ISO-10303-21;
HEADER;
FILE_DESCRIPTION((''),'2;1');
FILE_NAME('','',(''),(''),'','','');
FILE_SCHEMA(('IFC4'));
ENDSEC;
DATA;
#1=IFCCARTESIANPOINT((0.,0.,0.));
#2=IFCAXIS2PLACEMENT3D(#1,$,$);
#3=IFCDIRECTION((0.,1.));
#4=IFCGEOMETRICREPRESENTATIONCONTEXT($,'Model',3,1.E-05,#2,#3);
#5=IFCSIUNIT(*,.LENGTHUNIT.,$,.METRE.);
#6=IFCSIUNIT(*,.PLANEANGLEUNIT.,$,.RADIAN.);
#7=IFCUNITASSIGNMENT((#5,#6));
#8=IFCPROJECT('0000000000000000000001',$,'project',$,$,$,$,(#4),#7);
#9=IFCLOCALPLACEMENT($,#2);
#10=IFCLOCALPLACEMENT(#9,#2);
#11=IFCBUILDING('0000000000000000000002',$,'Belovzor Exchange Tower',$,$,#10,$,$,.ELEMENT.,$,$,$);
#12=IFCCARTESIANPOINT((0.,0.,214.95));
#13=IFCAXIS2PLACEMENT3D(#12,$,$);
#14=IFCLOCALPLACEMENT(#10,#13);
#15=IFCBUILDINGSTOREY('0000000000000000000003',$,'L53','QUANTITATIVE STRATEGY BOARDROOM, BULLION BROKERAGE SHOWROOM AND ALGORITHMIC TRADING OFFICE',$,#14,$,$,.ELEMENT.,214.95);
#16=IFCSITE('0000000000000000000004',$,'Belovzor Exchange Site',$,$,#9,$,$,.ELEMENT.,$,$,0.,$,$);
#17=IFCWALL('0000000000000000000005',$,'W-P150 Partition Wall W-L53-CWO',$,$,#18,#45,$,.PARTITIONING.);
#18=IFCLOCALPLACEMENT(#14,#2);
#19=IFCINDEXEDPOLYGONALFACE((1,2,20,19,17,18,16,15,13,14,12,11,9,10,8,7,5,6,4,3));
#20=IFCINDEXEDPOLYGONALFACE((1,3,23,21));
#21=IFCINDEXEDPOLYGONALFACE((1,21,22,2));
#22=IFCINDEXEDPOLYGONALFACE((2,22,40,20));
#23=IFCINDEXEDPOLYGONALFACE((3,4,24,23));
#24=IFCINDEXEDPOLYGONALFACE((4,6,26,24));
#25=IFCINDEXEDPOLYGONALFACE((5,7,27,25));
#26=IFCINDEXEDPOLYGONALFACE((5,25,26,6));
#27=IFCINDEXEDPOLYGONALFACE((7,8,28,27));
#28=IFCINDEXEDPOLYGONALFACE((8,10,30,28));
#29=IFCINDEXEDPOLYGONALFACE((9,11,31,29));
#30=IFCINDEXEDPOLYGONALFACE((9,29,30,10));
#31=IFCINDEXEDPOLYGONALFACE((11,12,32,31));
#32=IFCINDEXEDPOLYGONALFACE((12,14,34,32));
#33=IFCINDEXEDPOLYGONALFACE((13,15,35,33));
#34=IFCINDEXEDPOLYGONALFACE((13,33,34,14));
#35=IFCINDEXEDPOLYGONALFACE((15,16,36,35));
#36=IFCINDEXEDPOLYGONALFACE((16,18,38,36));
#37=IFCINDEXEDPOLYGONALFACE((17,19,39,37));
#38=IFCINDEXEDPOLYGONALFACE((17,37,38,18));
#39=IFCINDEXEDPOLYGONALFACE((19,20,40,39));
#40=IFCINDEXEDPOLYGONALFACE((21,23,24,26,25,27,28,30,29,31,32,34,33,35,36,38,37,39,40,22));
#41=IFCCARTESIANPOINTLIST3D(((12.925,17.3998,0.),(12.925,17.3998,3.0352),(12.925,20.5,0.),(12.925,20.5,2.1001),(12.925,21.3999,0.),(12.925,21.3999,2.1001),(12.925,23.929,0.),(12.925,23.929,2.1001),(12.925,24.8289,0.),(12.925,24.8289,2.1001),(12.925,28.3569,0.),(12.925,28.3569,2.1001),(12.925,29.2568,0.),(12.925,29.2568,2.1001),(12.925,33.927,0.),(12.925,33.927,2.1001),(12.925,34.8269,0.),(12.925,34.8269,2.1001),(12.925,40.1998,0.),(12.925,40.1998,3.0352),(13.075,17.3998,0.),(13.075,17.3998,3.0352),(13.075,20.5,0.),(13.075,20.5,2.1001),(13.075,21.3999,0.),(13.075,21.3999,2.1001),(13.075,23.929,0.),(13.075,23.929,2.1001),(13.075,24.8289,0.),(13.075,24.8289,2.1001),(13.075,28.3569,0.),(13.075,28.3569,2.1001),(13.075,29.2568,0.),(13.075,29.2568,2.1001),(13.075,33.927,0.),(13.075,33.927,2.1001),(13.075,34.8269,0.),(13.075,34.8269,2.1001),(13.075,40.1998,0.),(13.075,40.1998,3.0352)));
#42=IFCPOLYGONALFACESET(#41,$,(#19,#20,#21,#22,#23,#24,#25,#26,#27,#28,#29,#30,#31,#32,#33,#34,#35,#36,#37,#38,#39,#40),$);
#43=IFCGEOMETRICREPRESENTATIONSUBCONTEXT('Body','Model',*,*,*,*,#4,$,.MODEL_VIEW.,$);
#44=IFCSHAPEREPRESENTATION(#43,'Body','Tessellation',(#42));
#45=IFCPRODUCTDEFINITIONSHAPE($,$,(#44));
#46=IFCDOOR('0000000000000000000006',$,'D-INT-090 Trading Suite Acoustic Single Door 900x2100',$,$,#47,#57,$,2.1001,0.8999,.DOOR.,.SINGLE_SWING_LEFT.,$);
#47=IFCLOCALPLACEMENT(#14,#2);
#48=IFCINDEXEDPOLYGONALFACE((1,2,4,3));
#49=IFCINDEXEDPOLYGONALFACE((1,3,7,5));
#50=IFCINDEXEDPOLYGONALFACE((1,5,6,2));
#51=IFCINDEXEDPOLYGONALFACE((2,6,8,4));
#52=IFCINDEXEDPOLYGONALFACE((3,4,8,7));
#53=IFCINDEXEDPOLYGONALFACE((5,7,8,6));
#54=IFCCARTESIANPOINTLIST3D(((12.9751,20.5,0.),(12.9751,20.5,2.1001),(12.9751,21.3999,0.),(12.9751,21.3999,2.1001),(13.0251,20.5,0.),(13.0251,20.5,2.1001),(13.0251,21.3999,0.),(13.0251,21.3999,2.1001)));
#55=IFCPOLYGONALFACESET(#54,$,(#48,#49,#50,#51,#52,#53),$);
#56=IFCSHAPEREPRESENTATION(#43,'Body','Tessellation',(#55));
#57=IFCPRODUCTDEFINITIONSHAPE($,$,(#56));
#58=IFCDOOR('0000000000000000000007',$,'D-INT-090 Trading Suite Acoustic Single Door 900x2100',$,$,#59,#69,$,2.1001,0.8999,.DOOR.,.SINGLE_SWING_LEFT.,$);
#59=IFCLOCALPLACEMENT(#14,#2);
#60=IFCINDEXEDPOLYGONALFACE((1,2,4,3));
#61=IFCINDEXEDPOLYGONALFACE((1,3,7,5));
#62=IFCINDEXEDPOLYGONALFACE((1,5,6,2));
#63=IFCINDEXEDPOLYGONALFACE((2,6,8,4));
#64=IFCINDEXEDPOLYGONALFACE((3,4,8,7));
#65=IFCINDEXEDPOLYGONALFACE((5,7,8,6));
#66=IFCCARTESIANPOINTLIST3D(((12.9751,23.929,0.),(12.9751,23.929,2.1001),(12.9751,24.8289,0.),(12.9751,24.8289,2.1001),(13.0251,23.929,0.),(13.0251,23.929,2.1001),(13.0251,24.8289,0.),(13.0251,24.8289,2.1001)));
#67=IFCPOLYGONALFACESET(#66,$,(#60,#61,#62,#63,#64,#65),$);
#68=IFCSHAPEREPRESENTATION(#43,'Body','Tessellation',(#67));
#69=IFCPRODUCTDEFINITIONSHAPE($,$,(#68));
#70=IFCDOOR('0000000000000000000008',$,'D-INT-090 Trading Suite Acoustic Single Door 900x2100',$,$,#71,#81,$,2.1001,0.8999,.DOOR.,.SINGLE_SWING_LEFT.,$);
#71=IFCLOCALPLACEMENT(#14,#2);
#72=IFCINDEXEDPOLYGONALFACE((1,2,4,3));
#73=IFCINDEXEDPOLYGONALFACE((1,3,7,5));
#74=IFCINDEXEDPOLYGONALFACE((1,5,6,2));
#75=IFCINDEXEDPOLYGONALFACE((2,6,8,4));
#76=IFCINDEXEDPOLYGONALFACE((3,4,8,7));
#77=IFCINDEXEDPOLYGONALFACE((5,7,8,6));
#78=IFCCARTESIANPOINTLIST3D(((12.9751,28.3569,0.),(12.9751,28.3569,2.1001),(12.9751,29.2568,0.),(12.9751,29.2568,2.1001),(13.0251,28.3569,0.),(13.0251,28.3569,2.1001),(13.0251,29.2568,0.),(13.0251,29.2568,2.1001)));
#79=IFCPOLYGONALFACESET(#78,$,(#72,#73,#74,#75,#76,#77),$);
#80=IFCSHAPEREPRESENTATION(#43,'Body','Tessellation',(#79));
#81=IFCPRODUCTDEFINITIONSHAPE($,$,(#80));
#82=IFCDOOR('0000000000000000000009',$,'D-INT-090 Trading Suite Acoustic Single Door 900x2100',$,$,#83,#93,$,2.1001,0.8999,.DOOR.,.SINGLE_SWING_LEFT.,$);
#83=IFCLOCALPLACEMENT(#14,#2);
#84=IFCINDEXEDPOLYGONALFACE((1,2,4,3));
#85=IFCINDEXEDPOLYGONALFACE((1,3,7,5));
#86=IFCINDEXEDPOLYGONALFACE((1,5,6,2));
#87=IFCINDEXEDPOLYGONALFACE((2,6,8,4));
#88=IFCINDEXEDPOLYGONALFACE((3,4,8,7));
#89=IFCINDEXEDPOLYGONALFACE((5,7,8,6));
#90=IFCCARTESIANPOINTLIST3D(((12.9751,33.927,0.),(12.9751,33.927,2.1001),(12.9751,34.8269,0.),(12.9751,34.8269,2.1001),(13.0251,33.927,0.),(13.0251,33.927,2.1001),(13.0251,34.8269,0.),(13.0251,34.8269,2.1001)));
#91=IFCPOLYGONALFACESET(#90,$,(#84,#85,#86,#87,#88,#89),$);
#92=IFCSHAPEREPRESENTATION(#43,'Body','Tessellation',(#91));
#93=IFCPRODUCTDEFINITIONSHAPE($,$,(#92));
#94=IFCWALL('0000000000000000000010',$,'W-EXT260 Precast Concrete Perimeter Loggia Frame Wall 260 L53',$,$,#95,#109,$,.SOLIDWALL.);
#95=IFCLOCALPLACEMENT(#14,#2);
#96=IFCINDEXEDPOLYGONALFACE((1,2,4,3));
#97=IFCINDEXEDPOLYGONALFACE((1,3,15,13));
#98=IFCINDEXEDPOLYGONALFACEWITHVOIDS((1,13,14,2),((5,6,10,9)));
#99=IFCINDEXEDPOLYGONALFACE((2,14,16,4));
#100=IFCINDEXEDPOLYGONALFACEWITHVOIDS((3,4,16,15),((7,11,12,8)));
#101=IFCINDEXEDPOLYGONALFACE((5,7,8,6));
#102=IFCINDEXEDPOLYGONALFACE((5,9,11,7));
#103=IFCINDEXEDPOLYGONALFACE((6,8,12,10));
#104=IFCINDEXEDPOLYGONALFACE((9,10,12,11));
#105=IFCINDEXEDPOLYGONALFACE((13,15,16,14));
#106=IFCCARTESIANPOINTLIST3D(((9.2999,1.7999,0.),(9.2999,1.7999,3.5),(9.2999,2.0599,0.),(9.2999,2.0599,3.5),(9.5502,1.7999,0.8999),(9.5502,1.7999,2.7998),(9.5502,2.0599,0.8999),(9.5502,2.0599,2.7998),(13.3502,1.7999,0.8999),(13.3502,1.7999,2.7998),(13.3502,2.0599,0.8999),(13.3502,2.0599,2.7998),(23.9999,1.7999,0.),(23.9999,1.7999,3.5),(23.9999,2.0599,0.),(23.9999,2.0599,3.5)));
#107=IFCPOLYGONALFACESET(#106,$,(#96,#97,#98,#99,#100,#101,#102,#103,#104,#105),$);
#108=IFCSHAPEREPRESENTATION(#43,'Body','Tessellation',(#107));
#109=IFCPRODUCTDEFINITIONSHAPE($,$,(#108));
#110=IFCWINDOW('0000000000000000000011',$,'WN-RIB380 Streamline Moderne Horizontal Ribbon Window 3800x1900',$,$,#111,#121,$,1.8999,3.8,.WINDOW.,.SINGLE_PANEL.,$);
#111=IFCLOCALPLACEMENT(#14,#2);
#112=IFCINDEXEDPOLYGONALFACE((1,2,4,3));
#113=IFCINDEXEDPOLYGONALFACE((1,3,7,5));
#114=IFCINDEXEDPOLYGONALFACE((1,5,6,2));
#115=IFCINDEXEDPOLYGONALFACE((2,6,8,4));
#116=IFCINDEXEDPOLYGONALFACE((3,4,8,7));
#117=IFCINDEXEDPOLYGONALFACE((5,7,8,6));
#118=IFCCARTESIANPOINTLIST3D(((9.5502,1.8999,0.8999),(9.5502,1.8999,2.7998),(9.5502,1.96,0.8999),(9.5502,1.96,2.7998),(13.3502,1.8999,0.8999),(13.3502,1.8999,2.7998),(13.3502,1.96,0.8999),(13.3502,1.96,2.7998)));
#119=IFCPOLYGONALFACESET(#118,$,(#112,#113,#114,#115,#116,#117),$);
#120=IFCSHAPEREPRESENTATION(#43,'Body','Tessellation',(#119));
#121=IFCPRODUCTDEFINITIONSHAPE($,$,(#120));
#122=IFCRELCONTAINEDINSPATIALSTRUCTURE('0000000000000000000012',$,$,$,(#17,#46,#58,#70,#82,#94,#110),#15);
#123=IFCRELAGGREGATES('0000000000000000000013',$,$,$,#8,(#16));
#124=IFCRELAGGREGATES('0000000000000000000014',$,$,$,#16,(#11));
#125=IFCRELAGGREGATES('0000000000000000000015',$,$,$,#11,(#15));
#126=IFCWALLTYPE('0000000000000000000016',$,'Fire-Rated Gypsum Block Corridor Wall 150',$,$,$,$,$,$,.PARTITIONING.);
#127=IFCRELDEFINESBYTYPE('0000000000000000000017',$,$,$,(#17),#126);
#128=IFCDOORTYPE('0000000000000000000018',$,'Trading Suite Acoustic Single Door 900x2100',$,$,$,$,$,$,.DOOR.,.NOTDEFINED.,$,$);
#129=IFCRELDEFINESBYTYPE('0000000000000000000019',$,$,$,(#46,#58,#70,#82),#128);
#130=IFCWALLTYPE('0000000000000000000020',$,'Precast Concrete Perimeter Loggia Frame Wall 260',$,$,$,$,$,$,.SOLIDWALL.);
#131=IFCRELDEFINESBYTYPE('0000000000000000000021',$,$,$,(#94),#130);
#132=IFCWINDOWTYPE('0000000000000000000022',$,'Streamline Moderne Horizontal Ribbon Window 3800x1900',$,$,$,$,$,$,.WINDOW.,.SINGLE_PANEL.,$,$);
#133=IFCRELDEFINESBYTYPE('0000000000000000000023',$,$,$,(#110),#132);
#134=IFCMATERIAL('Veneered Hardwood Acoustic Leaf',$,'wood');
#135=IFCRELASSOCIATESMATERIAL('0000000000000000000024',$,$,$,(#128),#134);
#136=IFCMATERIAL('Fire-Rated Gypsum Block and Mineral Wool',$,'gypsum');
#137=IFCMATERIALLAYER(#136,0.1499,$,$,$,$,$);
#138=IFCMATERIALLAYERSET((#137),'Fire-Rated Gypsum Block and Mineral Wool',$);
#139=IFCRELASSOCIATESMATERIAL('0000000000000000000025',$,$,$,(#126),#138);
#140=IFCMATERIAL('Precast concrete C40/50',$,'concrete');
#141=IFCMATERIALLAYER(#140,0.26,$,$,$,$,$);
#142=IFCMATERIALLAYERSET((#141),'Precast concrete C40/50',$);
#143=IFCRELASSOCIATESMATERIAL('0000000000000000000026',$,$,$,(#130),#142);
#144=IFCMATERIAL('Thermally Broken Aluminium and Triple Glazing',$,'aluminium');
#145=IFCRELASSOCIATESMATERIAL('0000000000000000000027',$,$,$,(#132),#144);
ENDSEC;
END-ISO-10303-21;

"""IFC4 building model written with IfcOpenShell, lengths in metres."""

from ifc_helpers import new_model, si_unit, direction, frame, frame_2d, origin, place, context, subcontext, project, spatial, rectangle, extrude, material, layer, layer_set, type_object, element, fill, save


model = new_model("IFC4")

# Units and contexts
model_context = context("Model", 3, precision=1e-05, world=origin(), true_north=direction((0.0, 1.0)))
body_context = subcontext(model_context, "Body", "Model", "MODEL_VIEW")
ifc_project = project(units=[si_unit("LENGTHUNIT", "METRE"), si_unit("PLANEANGLEUNIT", "RADIAN")], contexts=[model_context])

# Site, building, storey
site_placement = place(None, origin())
site = spatial("IfcSite", under=ifc_project, at=site_placement, Name="Belovzor Exchange Site", CompositionType="ELEMENT", RefElevation=0.0)
building_placement = place(site_placement, origin())
building = spatial("IfcBuilding", under=site, at=building_placement, Name="Belovzor Exchange Tower", CompositionType="ELEMENT")
storey_placement = place(building_placement, frame((0.0, 0.0, 214.95)))
storey = spatial("IfcBuildingStorey", under=building, at=storey_placement, Name="L53", Description="QUANTITATIVE STRATEGY BOARDROOM, BULLION BROKERAGE SHOWROOM AND ALGORITHMIC TRADING OFFICE", CompositionType="ELEMENT", Elevation=214.95)

# Shared definitions
ifc_material_1 = material(Name="Veneered Hardwood Acoustic Leaf", Category="wood")
door_type = type_object("IfcDoorType", Name="Trading Suite Acoustic Single Door 900x2100", OperationType="NOTDEFINED", PredefinedType="DOOR", material=ifc_material_1)

# Shared definitions
ifc_material_2 = material(Name="Fire-Rated Gypsum Block and Mineral Wool", Category="gypsum")
ifc_layer_1 = layer(ifc_material_2, 0.1499)
ifc_layer_set_1 = layer_set([ifc_layer_1], Name="Fire-Rated Gypsum Block and Mineral Wool")
wall_type_1 = type_object("IfcWallType", Name="Fire-Rated Gypsum Block Corridor Wall 150", PredefinedType="PARTITIONING", material=ifc_layer_set_1)

# Wall, openings, doors
wall_1_placement = place(storey_placement, frame((13.0, 17.3999, 0.0), z_axis=(0.0, 0.0, 1.0), x_axis=(0.0, 1.0, 0.0)))
wall_1 = element("IfcWall", 1, at=wall_1_placement, inside=storey, type_object=wall_type_1, Name="W-P150 Partition Wall W-L53-CWO", PredefinedType="PARTITIONING", context=body_context, shape_type="SweptSolid", body=[
    extrude(rectangle(XDim=22.8, YDim=0.1499, at=frame_2d((11.3999, 0.0))), origin(), (0.0, 0.0, 1.0), 3.0352),
])
opening_1_placement = place(wall_1_placement, frame((3.1001, 0.0, 0.0)))
opening_1 = element("IfcOpeningElement", 2, at=opening_1_placement, cuts=wall_1, PredefinedType="OPENING", context=body_context, shape_type="SweptSolid", body=[
    extrude(rectangle(XDim=0.8999, YDim=2.1001, at=frame_2d((0.45, 1.05))), frame((0.0, 0.085, 0.0), z_axis=(0.0, -1.0, 0.0), x_axis=(1.0, 0.0, 0.0)), (0.0, 0.0, 1.0), 0.1699),
])
opening_2_placement = place(wall_1_placement, frame((6.5291, 0.0, 0.0)))
opening_2 = element("IfcOpeningElement", 3, at=opening_2_placement, cuts=wall_1, PredefinedType="OPENING", context=body_context, shape_type="SweptSolid", body=[
    extrude(rectangle(XDim=0.8999, YDim=2.1001, at=frame_2d((0.45, 1.05))), frame((0.0, 0.085, 0.0), z_axis=(0.0, -1.0, 0.0), x_axis=(1.0, 0.0, 0.0)), (0.0, 0.0, 1.0), 0.1699),
])
opening_3_placement = place(wall_1_placement, frame((10.957, 0.0, 0.0)))
opening_3 = element("IfcOpeningElement", 4, at=opening_3_placement, cuts=wall_1, PredefinedType="OPENING", context=body_context, shape_type="SweptSolid", body=[
    extrude(rectangle(XDim=0.8999, YDim=2.1001, at=frame_2d((0.45, 1.05))), frame((0.0, 0.085, 0.0), z_axis=(0.0, -1.0, 0.0), x_axis=(1.0, 0.0, 0.0)), (0.0, 0.0, 1.0), 0.1699),
])
opening_4_placement = place(wall_1_placement, frame((16.5271, 0.0, 0.0)))
opening_4 = element("IfcOpeningElement", 5, at=opening_4_placement, cuts=wall_1, PredefinedType="OPENING", context=body_context, shape_type="SweptSolid", body=[
    extrude(rectangle(XDim=0.8999, YDim=2.1001, at=frame_2d((0.45, 1.05))), frame((0.0, 0.085, 0.0), z_axis=(0.0, -1.0, 0.0), x_axis=(1.0, 0.0, 0.0)), (0.0, 0.0, 1.0), 0.1699),
])
door_1_placement = place(opening_1_placement, origin())
door_1 = element("IfcDoor", 6, at=door_1_placement, inside=storey, type_object=door_type, Name="D-INT-090 Trading Suite Acoustic Single Door 900x2100", OperationType="SINGLE_SWING_LEFT", OverallHeight=2.1001, OverallWidth=0.8999, PredefinedType="DOOR", context=body_context, shape_type="SweptSolid", body=[
    extrude(rectangle(XDim=0.8999, YDim=2.1001, at=frame_2d((0.45, 1.05))), frame((0.0, 0.0249, 0.0), z_axis=(0.0, -1.0, 0.0), x_axis=(1.0, 0.0, 0.0)), (0.0, 0.0, 1.0), 0.05),
])
fill(opening_1, door_1)
door_2_placement = place(opening_2_placement, origin())
door_2 = element("IfcDoor", 7, at=door_2_placement, inside=storey, type_object=door_type, Name="D-INT-090 Trading Suite Acoustic Single Door 900x2100", OperationType="SINGLE_SWING_LEFT", OverallHeight=2.1001, OverallWidth=0.8999, PredefinedType="DOOR", context=body_context, shape_type="SweptSolid", body=[
    extrude(rectangle(XDim=0.8999, YDim=2.1001, at=frame_2d((0.45, 1.05))), frame((0.0, 0.0249, 0.0), z_axis=(0.0, -1.0, 0.0), x_axis=(1.0, 0.0, 0.0)), (0.0, 0.0, 1.0), 0.05),
])
fill(opening_2, door_2)
door_3_placement = place(opening_3_placement, origin())
door_3 = element("IfcDoor", 8, at=door_3_placement, inside=storey, type_object=door_type, Name="D-INT-090 Trading Suite Acoustic Single Door 900x2100", OperationType="SINGLE_SWING_LEFT", OverallHeight=2.1001, OverallWidth=0.8999, PredefinedType="DOOR", context=body_context, shape_type="SweptSolid", body=[
    extrude(rectangle(XDim=0.8999, YDim=2.1001, at=frame_2d((0.45, 1.05))), frame((0.0, 0.0249, 0.0), z_axis=(0.0, -1.0, 0.0), x_axis=(1.0, 0.0, 0.0)), (0.0, 0.0, 1.0), 0.05),
])
fill(opening_3, door_3)
door_4_placement = place(opening_4_placement, origin())
door_4 = element("IfcDoor", 9, at=door_4_placement, inside=storey, type_object=door_type, Name="D-INT-090 Trading Suite Acoustic Single Door 900x2100", OperationType="SINGLE_SWING_LEFT", OverallHeight=2.1001, OverallWidth=0.8999, PredefinedType="DOOR", context=body_context, shape_type="SweptSolid", body=[
    extrude(rectangle(XDim=0.8999, YDim=2.1001, at=frame_2d((0.45, 1.05))), frame((0.0, 0.0249, 0.0), z_axis=(0.0, -1.0, 0.0), x_axis=(1.0, 0.0, 0.0)), (0.0, 0.0, 1.0), 0.05),
])
fill(opening_4, door_4)

# Wall, opening, window
ifc_material_3 = material(Name="Precast concrete C40/50", Category="concrete")
ifc_layer_2 = layer(ifc_material_3, 0.26)
ifc_layer_set_2 = layer_set([ifc_layer_2], Name="Precast concrete C40/50")
wall_type_2 = type_object("IfcWallType", Name="Precast Concrete Perimeter Loggia Frame Wall 260", PredefinedType="SOLIDWALL", material=ifc_layer_set_2)
wall_2_placement = place(storey_placement, frame((24.0, 1.9299, 0.0), z_axis=(0.0, 0.0, 1.0), x_axis=(-1.0, 0.0, 0.0)))
wall_2 = element("IfcWall", 10, at=wall_2_placement, inside=storey, type_object=wall_type_2, Name="W-EXT260 Precast Concrete Perimeter Loggia Frame Wall 260 L53", PredefinedType="SOLIDWALL", context=body_context, shape_type="SweptSolid", body=[
    extrude(rectangle(XDim=14.7, YDim=0.26, at=frame_2d((7.3501, 0.0))), origin(), (0.0, 0.0, 1.0), 3.5),
])
opening_5_placement = place(wall_2_placement, frame((10.6499, 0.0, 0.8999)))
opening_5 = element("IfcOpeningElement", 11, at=opening_5_placement, cuts=wall_2, PredefinedType="OPENING", context=body_context, shape_type="SweptSolid", body=[
    extrude(rectangle(XDim=3.8, YDim=1.8999, at=frame_2d((1.8999, 0.95))), frame((0.0, 0.1399, 0.0), z_axis=(0.0, -1.0, 0.0), x_axis=(1.0, 0.0, 0.0)), (0.0, 0.0, 1.0), 0.28),
])
ifc_material_4 = material(Name="Thermally Broken Aluminium and Triple Glazing", Category="aluminium")
window_type = type_object("IfcWindowType", Name="Streamline Moderne Horizontal Ribbon Window 3800x1900", PartitioningType="SINGLE_PANEL", PredefinedType="WINDOW", material=ifc_material_4)
window_placement = place(opening_5_placement, origin())
window = element("IfcWindow", 12, at=window_placement, inside=storey, type_object=window_type, Name="WN-RIB380 Streamline Moderne Horizontal Ribbon Window 3800x1900", OverallHeight=1.8999, OverallWidth=3.8, PartitioningType="SINGLE_PANEL", PredefinedType="WINDOW", context=body_context, shape_type="SweptSolid", body=[
    extrude(rectangle(XDim=3.8, YDim=1.8999, at=frame_2d((1.8999, 0.95))), frame((0.0, 0.03, 0.0), z_axis=(0.0, -1.0, 0.0), x_axis=(1.0, 0.0, 0.0)), (0.0, 0.0, 1.0), 0.0601),
])
fill(opening_5, window)

save(model, "model.ifc")
